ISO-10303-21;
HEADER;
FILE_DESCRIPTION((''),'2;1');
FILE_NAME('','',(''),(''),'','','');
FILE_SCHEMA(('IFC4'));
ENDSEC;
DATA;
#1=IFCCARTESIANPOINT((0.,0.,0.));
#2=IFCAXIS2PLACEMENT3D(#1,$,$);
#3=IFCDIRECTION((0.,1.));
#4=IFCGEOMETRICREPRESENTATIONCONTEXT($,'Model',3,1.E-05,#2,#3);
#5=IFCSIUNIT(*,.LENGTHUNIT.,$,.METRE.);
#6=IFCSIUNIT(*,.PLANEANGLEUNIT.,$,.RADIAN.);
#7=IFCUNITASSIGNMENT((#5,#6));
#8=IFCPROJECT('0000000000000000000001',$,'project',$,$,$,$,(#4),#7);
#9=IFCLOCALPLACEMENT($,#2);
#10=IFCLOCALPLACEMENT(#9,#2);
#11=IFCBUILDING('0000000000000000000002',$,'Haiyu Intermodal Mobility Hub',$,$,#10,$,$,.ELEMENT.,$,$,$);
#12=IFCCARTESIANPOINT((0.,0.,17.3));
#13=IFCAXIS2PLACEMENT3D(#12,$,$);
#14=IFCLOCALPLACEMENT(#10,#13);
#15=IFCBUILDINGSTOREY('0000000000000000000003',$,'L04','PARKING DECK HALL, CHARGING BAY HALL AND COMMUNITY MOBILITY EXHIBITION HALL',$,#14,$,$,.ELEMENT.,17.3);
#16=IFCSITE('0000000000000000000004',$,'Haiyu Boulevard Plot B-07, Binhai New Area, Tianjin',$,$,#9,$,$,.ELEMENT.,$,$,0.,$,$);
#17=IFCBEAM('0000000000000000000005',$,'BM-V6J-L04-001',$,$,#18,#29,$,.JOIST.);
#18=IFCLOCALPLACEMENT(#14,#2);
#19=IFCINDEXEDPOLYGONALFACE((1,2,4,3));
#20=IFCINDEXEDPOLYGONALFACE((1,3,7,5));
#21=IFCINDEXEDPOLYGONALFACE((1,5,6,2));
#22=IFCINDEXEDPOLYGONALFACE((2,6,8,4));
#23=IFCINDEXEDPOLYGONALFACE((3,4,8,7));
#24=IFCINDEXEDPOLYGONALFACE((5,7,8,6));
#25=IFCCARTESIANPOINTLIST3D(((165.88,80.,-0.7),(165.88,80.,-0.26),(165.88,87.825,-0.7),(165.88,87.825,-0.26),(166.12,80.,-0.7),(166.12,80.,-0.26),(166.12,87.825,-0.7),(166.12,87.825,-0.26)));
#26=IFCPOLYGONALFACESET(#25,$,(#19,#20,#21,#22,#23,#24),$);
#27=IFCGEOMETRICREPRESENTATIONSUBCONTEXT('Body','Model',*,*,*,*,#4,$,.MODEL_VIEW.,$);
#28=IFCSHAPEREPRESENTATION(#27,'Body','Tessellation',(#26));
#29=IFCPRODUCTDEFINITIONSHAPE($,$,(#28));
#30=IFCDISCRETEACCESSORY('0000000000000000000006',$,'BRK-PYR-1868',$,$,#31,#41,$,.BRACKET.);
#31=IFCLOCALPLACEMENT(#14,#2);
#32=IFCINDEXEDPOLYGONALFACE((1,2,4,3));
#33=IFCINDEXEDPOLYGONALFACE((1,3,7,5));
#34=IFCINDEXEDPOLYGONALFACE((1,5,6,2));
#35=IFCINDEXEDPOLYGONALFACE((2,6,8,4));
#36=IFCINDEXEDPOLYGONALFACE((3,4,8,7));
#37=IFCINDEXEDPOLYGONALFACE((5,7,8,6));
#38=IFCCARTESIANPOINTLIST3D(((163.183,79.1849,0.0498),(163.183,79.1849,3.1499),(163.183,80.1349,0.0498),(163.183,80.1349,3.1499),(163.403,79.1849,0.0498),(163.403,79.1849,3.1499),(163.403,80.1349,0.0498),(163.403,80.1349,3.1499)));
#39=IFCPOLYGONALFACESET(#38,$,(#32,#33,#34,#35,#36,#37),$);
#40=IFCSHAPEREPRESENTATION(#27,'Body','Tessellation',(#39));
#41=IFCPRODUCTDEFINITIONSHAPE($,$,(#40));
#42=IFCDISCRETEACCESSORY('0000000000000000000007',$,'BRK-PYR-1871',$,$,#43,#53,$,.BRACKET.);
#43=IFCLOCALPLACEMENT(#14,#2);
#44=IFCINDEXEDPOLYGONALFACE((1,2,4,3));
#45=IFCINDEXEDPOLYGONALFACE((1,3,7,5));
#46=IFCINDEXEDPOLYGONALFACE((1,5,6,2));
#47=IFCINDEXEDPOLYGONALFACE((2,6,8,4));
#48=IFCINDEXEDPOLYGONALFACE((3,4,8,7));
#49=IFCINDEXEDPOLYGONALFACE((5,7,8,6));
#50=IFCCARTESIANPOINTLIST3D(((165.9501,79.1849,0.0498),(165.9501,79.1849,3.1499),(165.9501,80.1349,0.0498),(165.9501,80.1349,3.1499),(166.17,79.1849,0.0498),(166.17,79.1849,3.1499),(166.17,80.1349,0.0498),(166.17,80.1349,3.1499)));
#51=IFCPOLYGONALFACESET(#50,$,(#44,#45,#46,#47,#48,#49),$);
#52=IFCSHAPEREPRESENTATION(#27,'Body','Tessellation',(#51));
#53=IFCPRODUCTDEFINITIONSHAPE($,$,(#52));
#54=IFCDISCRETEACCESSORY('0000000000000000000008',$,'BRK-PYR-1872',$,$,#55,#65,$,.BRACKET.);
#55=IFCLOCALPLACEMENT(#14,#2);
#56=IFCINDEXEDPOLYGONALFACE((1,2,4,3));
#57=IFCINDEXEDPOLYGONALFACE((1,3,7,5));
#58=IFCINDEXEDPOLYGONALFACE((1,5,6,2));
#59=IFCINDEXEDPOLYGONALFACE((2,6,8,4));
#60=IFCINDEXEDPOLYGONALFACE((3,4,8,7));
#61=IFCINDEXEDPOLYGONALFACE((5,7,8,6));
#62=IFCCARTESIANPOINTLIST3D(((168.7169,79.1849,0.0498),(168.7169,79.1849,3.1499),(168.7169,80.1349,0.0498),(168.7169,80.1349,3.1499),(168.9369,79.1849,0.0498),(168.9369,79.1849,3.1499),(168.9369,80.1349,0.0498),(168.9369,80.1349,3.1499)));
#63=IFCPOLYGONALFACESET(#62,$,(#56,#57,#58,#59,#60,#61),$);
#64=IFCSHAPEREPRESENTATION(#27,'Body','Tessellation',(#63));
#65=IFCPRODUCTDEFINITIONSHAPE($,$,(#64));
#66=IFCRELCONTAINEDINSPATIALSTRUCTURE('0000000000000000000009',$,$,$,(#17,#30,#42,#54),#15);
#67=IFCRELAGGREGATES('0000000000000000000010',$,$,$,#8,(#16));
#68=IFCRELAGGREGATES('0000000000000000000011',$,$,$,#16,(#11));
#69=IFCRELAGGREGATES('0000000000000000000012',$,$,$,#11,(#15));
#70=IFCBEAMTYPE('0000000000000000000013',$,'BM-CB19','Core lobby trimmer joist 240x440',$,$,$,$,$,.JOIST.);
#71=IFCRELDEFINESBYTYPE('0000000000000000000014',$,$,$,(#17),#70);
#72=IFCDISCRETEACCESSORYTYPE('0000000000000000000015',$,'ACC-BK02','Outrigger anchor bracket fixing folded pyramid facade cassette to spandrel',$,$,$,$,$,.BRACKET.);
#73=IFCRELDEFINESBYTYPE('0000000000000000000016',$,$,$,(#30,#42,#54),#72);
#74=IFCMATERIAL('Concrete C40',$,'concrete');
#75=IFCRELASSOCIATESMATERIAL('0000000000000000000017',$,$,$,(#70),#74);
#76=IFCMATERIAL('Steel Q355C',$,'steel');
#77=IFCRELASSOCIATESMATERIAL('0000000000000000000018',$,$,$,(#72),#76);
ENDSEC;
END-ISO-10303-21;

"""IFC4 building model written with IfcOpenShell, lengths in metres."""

from ifc_helpers import new_model, si_unit, direction, frame, origin, origin_2d, place, context, subcontext, project, spatial, rectangle, extrude, material, material_profile, profile_set, type_object, element, save


model = new_model("IFC4")

# Units and contexts
model_context = context("Model", 3, precision=1e-05, world=origin(), true_north=direction((0.0, 1.0)))
body_context = subcontext(model_context, "Body", "Model", "MODEL_VIEW")
ifc_project = project(units=[si_unit("LENGTHUNIT", "METRE"), si_unit("PLANEANGLEUNIT", "RADIAN")], contexts=[model_context])

# Site, building, storey
site_placement = place(None, origin())
site = spatial("IfcSite", under=ifc_project, at=site_placement, Name="Haiyu Boulevard Plot B-07, Binhai New Area, Tianjin", CompositionType="ELEMENT", RefElevation=0.0)
building_placement = place(site_placement, origin())
building = spatial("IfcBuilding", under=site, at=building_placement, Name="Haiyu Intermodal Mobility Hub", CompositionType="ELEMENT")
storey_placement = place(building_placement, frame((0.0, 0.0, 17.3)))
storey = spatial("IfcBuildingStorey", under=building, at=storey_placement, Name="L04", Description="PARKING DECK HALL, CHARGING BAY HALL AND COMMUNITY MOBILITY EXHIBITION HALL", CompositionType="ELEMENT", Elevation=17.3)

# Shared definitions
ifc_material_1 = material(Name="Concrete C40", Category="concrete")

# Beam
ifc_material_profile_1 = material_profile(ifc_material_1, rectangle(XDim=0.24, YDim=0.4399, at=origin_2d()), Name="B240x440")
ifc_profile_set_1 = profile_set([ifc_material_profile_1], Name="Concrete C40")
beam_type_1 = type_object("IfcBeamType", Name="BM-CB19", Description="Core lobby trimmer joist 240x440", PredefinedType="JOIST", material=ifc_profile_set_1)
beam_1_placement = place(storey_placement, frame((166.0, 80.0, -0.48), z_axis=(0.0, 1.0, 0.0), x_axis=(-1.0, 0.0, 0.0)))
element("IfcBeam", 1, at=beam_1_placement, inside=storey, type_object=beam_type_1, Name="BM-V6J-L04-001", PredefinedType="JOIST", context=body_context, shape_type="SweptSolid", body=[
    extrude(rectangle(XDim=0.24, YDim=0.4399, at=origin_2d()), origin(), (0.0, 0.0, 1.0), 7.825),
])

# Discrete accessories
ifc_material_2 = material(Name="Steel Q355C", Category="steel")
discrete_accessory_type = type_object("IfcDiscreteAccessoryType", Name="ACC-BK02", Description="Outrigger anchor bracket fixing folded pyramid facade cassette to spandrel", PredefinedType="BRACKET", material=ifc_material_2)
for number, where, z_axis, x_axis, name in (
    (2, (163.293, 79.6599, 0.0498), (0.0, 0.0, 1.0), (1.0, 0.0, 0.0), "BRK-PYR-1868"),
    (3, (166.0601, 79.6599, 0.0498), (0.0, 0.0, 1.0), (1.0, 0.0, 0.0), "BRK-PYR-1871"),
    (4, (168.8269, 79.6599, 0.0498), (0.0, 0.0, 1.0), (1.0, 0.0, 0.0), "BRK-PYR-1872"),
):
    element("IfcDiscreteAccessory", number, at=place(storey_placement, frame(where, z_axis=z_axis, x_axis=x_axis)), inside=storey, type_object=discrete_accessory_type, Name=name, PredefinedType="BRACKET", context=body_context, shape_type="SweptSolid", body=[
        extrude(rectangle(XDim=0.22, YDim=0.95, at=origin_2d()), origin(), (0.0, 0.0, 1.0), 3.1001),
    ])

save(model, "model.ifc")
